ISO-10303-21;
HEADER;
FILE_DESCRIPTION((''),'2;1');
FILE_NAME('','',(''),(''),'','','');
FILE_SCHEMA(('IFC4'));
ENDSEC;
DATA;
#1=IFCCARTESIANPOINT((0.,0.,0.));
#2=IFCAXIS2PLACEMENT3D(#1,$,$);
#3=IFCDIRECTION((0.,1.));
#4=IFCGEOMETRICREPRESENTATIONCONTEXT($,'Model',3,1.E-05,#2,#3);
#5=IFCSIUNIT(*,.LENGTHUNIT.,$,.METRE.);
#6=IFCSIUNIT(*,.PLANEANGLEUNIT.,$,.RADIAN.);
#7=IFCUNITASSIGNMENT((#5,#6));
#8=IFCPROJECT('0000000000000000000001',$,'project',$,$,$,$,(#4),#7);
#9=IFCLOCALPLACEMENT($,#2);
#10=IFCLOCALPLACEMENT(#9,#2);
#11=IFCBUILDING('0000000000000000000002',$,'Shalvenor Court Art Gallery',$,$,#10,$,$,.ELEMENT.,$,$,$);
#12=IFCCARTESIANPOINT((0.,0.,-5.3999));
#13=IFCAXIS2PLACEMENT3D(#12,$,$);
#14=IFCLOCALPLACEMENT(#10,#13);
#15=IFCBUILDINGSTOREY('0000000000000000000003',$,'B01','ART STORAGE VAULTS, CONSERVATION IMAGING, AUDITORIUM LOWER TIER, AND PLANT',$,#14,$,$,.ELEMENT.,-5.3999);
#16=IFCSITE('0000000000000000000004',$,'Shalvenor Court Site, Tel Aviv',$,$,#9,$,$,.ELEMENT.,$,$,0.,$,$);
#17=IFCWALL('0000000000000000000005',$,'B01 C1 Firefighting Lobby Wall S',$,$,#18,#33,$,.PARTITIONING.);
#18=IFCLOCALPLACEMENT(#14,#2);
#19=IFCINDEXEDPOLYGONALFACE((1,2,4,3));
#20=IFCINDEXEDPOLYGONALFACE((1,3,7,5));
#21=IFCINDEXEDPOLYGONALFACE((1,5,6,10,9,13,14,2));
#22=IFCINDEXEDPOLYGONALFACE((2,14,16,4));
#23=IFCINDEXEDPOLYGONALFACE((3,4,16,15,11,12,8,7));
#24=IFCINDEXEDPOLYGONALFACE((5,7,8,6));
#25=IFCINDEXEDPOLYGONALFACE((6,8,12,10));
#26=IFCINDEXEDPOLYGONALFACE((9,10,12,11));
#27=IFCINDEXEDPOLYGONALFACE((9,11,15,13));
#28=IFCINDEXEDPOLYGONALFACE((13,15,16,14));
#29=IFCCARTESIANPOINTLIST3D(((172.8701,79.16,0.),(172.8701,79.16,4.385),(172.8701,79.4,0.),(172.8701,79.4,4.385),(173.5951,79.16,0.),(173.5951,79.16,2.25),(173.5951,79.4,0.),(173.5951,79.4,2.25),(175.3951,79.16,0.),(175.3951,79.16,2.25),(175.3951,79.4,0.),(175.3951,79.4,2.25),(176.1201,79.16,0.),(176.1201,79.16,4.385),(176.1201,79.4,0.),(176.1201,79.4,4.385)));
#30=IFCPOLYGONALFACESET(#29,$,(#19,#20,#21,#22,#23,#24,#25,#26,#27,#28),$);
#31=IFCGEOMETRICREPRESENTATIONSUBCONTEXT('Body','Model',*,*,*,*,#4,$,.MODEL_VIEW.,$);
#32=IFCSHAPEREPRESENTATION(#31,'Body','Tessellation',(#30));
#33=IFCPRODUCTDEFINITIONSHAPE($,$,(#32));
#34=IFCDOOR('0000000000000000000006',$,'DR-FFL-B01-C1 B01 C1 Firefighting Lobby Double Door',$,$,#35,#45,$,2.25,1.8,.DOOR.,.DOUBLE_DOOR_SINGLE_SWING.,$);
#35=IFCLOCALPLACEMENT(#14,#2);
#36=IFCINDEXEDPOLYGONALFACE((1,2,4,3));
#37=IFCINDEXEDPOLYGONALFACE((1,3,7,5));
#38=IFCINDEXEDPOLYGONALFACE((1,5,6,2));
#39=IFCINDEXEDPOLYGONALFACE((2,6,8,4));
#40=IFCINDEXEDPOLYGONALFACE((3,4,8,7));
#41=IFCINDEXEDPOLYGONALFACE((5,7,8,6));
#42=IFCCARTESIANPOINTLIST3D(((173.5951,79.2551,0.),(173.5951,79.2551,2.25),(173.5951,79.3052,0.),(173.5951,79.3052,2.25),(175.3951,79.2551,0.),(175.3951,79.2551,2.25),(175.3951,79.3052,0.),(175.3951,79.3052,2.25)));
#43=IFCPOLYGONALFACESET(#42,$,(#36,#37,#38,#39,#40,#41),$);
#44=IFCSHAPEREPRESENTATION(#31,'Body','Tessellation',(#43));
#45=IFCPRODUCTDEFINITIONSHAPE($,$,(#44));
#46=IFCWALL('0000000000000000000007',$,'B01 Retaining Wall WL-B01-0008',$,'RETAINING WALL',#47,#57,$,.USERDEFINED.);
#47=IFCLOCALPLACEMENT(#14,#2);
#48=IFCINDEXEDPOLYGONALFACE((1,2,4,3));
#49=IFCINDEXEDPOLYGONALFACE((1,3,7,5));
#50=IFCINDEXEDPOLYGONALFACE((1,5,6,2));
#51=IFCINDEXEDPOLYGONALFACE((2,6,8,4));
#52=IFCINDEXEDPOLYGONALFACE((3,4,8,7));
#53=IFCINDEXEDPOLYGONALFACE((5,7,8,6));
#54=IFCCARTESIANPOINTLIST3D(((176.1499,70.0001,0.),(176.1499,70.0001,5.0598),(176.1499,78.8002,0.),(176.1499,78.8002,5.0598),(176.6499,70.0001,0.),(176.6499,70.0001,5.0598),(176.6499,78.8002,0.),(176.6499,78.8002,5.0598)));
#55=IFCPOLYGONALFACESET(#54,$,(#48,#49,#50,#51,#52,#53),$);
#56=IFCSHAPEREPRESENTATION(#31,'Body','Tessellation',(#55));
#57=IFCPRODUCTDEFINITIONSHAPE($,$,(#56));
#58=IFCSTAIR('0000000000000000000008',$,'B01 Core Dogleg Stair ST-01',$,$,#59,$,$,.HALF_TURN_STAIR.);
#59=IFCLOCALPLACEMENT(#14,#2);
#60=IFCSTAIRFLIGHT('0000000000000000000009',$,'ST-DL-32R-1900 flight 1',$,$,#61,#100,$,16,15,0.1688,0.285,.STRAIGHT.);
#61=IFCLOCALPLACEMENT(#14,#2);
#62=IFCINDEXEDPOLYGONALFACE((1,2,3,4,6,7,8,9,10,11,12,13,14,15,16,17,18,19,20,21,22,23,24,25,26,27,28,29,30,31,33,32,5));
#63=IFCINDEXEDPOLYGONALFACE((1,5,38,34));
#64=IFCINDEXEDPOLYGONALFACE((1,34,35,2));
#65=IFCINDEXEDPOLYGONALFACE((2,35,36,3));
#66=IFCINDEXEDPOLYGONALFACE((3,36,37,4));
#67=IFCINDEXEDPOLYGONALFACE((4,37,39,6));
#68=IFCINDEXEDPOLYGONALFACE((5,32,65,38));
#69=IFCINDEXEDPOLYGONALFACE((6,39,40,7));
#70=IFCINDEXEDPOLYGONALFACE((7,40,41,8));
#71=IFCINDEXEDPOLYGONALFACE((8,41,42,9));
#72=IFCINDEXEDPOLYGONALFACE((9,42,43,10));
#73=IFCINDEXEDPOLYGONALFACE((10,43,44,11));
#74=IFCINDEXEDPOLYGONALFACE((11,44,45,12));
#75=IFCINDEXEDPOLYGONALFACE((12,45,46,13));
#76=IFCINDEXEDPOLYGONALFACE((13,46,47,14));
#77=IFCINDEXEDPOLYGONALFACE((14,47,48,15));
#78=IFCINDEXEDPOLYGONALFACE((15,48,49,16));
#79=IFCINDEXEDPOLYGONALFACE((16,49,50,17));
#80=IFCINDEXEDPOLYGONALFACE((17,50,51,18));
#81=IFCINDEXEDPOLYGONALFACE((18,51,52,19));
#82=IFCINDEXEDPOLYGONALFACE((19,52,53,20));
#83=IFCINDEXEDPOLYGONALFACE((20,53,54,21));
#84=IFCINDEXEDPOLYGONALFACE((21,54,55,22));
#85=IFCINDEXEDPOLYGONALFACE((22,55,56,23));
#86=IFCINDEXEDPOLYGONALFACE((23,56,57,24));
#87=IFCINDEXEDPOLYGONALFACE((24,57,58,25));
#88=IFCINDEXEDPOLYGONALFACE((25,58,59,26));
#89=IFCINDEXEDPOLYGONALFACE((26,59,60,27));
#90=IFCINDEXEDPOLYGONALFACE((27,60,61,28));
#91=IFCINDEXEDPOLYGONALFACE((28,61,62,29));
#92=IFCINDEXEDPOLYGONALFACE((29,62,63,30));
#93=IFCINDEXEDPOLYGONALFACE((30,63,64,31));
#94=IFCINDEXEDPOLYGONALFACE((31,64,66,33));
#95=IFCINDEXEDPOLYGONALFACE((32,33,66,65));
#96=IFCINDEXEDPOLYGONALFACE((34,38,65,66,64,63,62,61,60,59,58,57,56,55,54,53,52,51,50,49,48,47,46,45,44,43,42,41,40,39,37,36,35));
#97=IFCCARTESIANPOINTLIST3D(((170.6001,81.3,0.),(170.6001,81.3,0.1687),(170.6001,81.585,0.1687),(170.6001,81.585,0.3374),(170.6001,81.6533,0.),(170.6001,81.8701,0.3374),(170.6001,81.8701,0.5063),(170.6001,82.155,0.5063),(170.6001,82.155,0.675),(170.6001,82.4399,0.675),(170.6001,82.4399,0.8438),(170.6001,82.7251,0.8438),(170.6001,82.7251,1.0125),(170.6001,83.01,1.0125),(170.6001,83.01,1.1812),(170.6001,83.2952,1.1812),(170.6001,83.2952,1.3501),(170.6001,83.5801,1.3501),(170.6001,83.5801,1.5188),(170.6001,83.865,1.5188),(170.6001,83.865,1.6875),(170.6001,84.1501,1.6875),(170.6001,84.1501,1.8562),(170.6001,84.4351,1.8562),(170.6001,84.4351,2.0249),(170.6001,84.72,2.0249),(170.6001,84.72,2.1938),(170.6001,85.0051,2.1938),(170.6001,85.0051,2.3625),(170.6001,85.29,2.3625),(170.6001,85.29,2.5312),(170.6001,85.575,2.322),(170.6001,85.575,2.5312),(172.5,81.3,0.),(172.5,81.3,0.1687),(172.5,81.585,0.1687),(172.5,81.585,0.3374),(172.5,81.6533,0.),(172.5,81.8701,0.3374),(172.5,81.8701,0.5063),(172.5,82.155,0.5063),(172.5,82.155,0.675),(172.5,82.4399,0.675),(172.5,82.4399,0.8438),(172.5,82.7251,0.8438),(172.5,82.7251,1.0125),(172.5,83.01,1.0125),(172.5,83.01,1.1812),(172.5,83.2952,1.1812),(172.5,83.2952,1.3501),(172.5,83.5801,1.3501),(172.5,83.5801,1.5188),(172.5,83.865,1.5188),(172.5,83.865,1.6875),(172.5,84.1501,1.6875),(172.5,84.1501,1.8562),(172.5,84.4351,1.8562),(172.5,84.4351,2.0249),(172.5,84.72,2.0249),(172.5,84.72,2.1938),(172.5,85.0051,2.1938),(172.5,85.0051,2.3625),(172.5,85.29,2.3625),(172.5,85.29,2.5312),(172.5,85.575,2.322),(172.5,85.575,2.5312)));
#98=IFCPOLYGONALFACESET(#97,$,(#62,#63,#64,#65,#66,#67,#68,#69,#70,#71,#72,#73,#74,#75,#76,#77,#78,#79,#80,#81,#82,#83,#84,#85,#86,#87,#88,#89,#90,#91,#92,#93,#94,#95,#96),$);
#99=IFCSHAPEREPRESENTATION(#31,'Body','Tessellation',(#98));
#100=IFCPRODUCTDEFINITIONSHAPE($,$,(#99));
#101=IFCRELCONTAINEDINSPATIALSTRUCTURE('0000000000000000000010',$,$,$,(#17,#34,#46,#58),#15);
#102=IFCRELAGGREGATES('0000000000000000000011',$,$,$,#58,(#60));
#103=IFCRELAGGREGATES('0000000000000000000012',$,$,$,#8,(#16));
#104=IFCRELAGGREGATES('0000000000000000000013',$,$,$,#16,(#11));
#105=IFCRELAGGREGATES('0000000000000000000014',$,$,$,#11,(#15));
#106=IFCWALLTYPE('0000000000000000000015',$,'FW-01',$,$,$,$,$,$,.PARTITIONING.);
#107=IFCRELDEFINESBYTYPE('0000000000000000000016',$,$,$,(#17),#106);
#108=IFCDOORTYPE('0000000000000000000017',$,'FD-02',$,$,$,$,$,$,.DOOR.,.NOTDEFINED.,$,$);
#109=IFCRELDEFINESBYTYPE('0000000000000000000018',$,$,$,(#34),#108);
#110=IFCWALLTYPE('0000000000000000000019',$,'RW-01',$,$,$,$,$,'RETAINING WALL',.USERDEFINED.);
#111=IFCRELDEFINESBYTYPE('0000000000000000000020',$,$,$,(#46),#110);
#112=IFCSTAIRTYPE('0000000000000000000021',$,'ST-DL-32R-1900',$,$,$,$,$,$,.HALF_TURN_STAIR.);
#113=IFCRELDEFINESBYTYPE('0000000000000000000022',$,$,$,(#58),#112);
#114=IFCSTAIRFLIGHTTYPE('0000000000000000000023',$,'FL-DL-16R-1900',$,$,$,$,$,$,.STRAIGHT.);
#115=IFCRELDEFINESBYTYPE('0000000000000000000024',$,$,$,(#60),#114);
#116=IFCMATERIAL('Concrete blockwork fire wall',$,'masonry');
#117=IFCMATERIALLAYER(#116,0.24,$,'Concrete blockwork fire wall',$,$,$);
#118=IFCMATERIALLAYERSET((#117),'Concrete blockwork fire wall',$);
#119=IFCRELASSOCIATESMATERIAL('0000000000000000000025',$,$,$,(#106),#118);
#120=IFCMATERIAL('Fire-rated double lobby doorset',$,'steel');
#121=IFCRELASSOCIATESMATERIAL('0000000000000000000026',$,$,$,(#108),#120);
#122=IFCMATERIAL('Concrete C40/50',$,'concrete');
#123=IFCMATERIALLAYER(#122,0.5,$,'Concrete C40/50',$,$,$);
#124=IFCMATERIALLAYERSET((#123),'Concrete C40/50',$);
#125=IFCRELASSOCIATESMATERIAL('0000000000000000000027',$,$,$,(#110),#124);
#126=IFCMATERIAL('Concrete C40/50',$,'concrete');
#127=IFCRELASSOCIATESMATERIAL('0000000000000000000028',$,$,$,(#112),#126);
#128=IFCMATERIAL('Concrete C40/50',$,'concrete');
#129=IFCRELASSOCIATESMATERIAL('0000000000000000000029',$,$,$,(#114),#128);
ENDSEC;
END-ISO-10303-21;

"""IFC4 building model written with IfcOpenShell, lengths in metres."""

from ifc_helpers import new_model, si_unit, direction, frame, frame_2d, origin, place, context, subcontext, project, spatial, polyline, rectangle, outline, extrude, material, layer, layer_set, type_object, element, fill, aggregate, save


model = new_model("IFC4")

# Units and contexts
model_context = context("Model", 3, precision=1e-05, world=origin(), true_north=direction((0.0, 1.0)))
body_context = subcontext(model_context, "Body", "Model", "MODEL_VIEW")
ifc_project = project(units=[si_unit("LENGTHUNIT", "METRE"), si_unit("PLANEANGLEUNIT", "RADIAN")], contexts=[model_context])

# Site, building, storey
site_placement = place(None, origin())
site = spatial("IfcSite", under=ifc_project, at=site_placement, Name="Shalvenor Court Site, Tel Aviv", CompositionType="ELEMENT", RefElevation=0.0)
building_placement = place(site_placement, origin())
building = spatial("IfcBuilding", under=site, at=building_placement, Name="Shalvenor Court Art Gallery", CompositionType="ELEMENT")
storey_placement = place(building_placement, frame((0.0, 0.0, -5.3999)))
storey = spatial("IfcBuildingStorey", under=building, at=storey_placement, Name="B01", Description="ART STORAGE VAULTS, CONSERVATION IMAGING, AUDITORIUM LOWER TIER, AND PLANT", CompositionType="ELEMENT", Elevation=-5.3999)

# Wall, opening, door
ifc_material_1 = material(Name="Concrete blockwork fire wall", Category="masonry")
ifc_layer_1 = layer(ifc_material_1, 0.24, Name="Concrete blockwork fire wall")
ifc_layer_set_1 = layer_set([ifc_layer_1], Name="Concrete blockwork fire wall")
wall_type_1 = type_object("IfcWallType", Name="FW-01", PredefinedType="PARTITIONING", material=ifc_layer_set_1)
wall_1_placement = place(storey_placement, frame((176.1201, 79.28, 0.0), z_axis=(0.0, 0.0, 1.0), x_axis=(-1.0, 0.0, 0.0)))
wall_1 = element("IfcWall", 1, at=wall_1_placement, inside=storey, type_object=wall_type_1, Name="B01 C1 Firefighting Lobby Wall S", PredefinedType="PARTITIONING", context=body_context, shape_type="SweptSolid", body=[
    extrude(rectangle(XDim=3.25, YDim=0.24, at=frame_2d((1.625, 0.0))), origin(), (0.0, 0.0, 1.0), 4.385),
])
opening_1_placement = place(wall_1_placement, frame((0.7251, 0.0, 0.0)))
opening_1 = element("IfcOpeningElement", 2, at=opening_1_placement, cuts=wall_1, PredefinedType="OPENING", context=body_context, shape_type="SweptSolid", body=[
    extrude(rectangle(XDim=1.8, YDim=2.25, at=frame_2d((0.8999, 1.125))), frame((0.0, 0.1299, 0.0), z_axis=(0.0, -1.0, 0.0), x_axis=(1.0, 0.0, 0.0)), (0.0, 0.0, 1.0), 0.26),
])
ifc_material_2 = material(Name="Fire-rated double lobby doorset", Category="steel")
door_type_1 = type_object("IfcDoorType", Name="FD-02", OperationType="NOTDEFINED", PredefinedType="DOOR", material=ifc_material_2)
door_1_placement = place(opening_1_placement, origin())
door_1 = element("IfcDoor", 3, at=door_1_placement, inside=storey, type_object=door_type_1, Name="DR-FFL-B01-C1 B01 C1 Firefighting Lobby Double Door", OperationType="DOUBLE_DOOR_SINGLE_SWING", OverallHeight=2.25, OverallWidth=1.8, PredefinedType="DOOR", context=body_context, shape_type="SweptSolid", body=[
    extrude(rectangle(XDim=1.8, YDim=2.25, at=frame_2d((0.8999, 1.125))), frame((0.0, 0.0249, 0.0), z_axis=(0.0, -1.0, 0.0), x_axis=(1.0, 0.0, 0.0)), (0.0, 0.0, 1.0), 0.05),
])
fill(opening_1, door_1)

# Wall
ifc_material_3 = material(Name="Concrete C40/50", Category="concrete")
ifc_layer_2 = layer(ifc_material_3, 0.5, Name="Concrete C40/50")
ifc_layer_set_2 = layer_set([ifc_layer_2], Name="Concrete C40/50")
wall_type_2 = type_object("IfcWallType", Name="RW-01", ElementType="RETAINING WALL", PredefinedType="USERDEFINED", material=ifc_layer_set_2)
wall_2_placement = place(storey_placement, frame((176.3999, 78.8, 0.0), z_axis=(0.0, 0.0, 1.0), x_axis=(0.0, -1.0, 0.0)))
element("IfcWall", 4, at=wall_2_placement, inside=storey, type_object=wall_type_2, Name="B01 Retaining Wall WL-B01-0008", ObjectType="RETAINING WALL", PredefinedType="USERDEFINED", context=body_context, shape_type="SweptSolid", body=[
    extrude(rectangle(XDim=8.8, YDim=0.5, at=frame_2d((4.3999, 0.0))), origin(), (0.0, 0.0, 1.0), 5.0598),
])

# Stair, stair flight
ifc_material_4 = material(Name="Concrete C40/50", Category="concrete")
stair_type = type_object("IfcStairType", Name="ST-DL-32R-1900", PredefinedType="HALF_TURN_STAIR", material=ifc_material_4)
stair_placement = place(storey_placement, origin())
stair = element("IfcStair", 5, at=stair_placement, inside=storey, type_object=stair_type, Name="B01 Core Dogleg Stair ST-01", PredefinedType="HALF_TURN_STAIR")
ifc_material_5 = material(Name="Concrete C40/50", Category="concrete")
stair_flight_type = type_object("IfcStairFlightType", Name="FL-DL-16R-1900", PredefinedType="STRAIGHT", material=ifc_material_5)
stair_flight_placement = place(storey_placement, frame((171.55, 81.3, 0.0), z_axis=(0.0, 0.0, 1.0), x_axis=(0.0, 1.0, 0.0)))
stair_flight = element("IfcStairFlight", 6, at=stair_flight_placement, type_object=stair_flight_type, Name="ST-DL-32R-1900 flight 1", NumberOfRisers=16, NumberOfTreads=15, PredefinedType="STRAIGHT", RiserHeight=0.1688, TreadLength=0.285, context=body_context, shape_type="SweptSolid", body=[
    extrude(outline(polyline([(0.0, 0.0), (0.0, 0.1687), (0.2849, 0.1687), (0.2849, 0.3374), (0.5701, 0.3374), (0.5701, 0.5063), (0.855, 0.5063), (0.855, 0.675), (1.1399, 0.675), (1.1399, 0.8438), (1.425, 0.8438), (1.425, 1.0125), (1.71, 1.0125), (1.71, 1.1812), (1.9951, 1.1812), (1.9951, 1.3501), (2.28, 1.3501), (2.28, 1.5188), (2.5649, 1.5188), (2.5649, 1.6875), (2.8501, 1.6875), (2.8501, 1.8562), (3.135, 1.8562), (3.135, 2.0249), (3.4199, 2.0249), (3.4199, 2.1938), (3.7051, 2.1938), (3.7051, 2.3625), (3.99, 2.3625), (3.99, 2.5312), (4.2749, 2.5312), (4.2749, 2.7), (4.2749, 2.322), (0.3533, 0.0), (0.0, 0.0)])), frame((0.0, 0.95, 0.0), z_axis=(0.0, -1.0, 0.0), x_axis=(1.0, 0.0, 0.0)), (0.0, 0.0, 1.0), 1.8999),
])
aggregate(stair, [stair_flight])

save(model, "model.ifc")
